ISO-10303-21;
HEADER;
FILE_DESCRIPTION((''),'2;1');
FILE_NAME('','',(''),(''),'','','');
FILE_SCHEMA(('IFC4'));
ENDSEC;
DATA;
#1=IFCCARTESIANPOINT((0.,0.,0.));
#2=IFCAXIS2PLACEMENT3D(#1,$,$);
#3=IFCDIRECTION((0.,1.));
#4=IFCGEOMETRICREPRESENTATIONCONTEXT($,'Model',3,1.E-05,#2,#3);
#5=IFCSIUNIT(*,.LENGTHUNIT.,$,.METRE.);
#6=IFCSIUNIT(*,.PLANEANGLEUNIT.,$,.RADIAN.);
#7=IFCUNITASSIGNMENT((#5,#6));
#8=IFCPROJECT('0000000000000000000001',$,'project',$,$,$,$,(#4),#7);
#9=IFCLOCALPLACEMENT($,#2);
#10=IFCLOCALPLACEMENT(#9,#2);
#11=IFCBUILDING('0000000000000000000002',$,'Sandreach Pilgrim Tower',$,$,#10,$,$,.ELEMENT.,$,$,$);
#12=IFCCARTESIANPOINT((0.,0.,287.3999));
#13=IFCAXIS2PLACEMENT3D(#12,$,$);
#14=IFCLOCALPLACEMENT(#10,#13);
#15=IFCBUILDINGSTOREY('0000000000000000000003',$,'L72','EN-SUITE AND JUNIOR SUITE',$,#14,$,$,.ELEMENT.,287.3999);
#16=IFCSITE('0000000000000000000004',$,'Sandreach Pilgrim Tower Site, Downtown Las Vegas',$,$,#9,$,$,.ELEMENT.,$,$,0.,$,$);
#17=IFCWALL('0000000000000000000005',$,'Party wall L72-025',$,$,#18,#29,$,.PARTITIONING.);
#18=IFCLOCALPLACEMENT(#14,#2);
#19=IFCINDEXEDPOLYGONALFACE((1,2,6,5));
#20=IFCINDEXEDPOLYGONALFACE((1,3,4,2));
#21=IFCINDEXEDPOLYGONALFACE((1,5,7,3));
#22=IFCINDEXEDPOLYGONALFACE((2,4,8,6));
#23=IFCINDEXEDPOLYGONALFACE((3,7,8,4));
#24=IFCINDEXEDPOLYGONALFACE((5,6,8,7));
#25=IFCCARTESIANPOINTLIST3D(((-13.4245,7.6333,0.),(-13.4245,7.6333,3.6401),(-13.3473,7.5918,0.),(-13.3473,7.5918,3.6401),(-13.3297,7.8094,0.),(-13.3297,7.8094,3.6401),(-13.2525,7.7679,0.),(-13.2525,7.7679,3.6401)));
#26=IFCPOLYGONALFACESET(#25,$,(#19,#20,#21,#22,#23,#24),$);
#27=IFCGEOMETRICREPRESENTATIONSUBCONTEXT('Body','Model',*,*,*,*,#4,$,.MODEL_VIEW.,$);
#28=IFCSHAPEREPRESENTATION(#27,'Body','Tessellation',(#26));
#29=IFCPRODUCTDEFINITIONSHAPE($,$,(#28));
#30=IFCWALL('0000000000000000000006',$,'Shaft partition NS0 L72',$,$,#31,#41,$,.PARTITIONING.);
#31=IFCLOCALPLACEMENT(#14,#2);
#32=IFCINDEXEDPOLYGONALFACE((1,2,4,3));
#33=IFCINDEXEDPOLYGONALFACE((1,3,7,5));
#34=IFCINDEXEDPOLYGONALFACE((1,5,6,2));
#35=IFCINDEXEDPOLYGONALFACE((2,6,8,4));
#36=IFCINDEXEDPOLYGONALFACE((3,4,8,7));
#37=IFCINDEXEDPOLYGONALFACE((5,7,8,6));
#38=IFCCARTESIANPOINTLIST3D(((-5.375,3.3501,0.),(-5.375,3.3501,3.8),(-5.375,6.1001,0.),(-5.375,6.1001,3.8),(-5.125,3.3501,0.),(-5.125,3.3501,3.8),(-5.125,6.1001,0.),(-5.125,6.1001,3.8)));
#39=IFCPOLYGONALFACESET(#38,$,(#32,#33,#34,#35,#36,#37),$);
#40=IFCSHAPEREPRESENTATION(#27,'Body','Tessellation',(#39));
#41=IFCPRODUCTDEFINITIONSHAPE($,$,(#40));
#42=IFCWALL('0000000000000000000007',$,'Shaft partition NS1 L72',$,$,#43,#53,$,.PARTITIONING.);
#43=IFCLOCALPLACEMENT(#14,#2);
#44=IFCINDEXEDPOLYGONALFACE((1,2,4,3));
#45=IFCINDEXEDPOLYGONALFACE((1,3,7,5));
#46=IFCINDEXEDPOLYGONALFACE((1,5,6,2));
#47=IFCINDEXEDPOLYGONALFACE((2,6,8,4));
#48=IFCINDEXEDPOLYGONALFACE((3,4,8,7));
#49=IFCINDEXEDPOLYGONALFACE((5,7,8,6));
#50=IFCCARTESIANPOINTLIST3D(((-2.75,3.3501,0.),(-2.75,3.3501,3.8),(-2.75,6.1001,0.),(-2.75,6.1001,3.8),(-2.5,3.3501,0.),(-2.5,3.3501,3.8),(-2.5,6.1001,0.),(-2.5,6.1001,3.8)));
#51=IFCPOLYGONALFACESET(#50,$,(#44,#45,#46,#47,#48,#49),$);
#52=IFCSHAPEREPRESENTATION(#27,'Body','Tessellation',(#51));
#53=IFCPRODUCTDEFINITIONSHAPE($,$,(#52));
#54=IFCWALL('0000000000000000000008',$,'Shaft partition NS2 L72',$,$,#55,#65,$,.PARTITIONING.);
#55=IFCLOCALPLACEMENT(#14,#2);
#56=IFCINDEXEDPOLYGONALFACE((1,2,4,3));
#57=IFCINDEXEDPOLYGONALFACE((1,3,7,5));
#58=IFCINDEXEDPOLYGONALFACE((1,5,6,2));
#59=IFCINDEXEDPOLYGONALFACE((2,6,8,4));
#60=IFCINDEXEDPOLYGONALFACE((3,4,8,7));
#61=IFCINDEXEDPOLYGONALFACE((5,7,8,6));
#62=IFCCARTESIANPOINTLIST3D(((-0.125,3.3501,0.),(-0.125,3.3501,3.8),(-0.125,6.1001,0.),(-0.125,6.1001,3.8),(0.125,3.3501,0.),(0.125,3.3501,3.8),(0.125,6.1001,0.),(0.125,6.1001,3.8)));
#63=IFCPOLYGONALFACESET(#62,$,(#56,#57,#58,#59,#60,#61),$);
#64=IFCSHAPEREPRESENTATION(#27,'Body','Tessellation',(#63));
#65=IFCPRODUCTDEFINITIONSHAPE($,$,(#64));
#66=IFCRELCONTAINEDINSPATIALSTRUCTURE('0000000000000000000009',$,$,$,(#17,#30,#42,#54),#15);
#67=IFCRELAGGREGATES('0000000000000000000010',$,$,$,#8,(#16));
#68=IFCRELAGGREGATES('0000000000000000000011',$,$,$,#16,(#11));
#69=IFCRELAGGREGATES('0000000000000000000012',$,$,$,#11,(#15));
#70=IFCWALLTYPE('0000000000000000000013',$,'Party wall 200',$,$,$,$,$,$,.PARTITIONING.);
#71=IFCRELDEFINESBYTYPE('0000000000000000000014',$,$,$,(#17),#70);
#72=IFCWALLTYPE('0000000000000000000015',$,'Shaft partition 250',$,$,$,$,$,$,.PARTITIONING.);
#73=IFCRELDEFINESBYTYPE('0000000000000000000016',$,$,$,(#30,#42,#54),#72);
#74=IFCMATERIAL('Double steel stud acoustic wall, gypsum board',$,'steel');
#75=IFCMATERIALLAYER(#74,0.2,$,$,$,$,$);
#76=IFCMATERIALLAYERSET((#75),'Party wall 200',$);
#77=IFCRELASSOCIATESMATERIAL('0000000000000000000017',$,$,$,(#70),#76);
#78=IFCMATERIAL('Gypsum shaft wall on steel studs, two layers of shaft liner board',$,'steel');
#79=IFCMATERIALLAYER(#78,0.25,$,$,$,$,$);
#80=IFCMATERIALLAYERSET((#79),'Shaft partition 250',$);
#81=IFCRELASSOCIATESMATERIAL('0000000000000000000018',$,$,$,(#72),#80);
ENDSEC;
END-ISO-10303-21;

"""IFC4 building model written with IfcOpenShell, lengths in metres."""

from ifc_helpers import new_model, si_unit, direction, frame, frame_2d, origin, place, context, subcontext, project, spatial, rectangle, extrude, material, layer, layer_set, type_object, element, save


model = new_model("IFC4")

# Units and contexts
model_context = context("Model", 3, precision=1e-05, world=origin(), true_north=direction((0.0, 1.0)))
body_context = subcontext(model_context, "Body", "Model", "MODEL_VIEW")
ifc_project = project(units=[si_unit("LENGTHUNIT", "METRE"), si_unit("PLANEANGLEUNIT", "RADIAN")], contexts=[model_context])

# Site, building, storey
site_placement = place(None, origin())
site = spatial("IfcSite", under=ifc_project, at=site_placement, Name="Sandreach Pilgrim Tower Site, Downtown Las Vegas", CompositionType="ELEMENT", RefElevation=0.0)
building_placement = place(site_placement, origin())
building = spatial("IfcBuilding", under=site, at=building_placement, Name="Sandreach Pilgrim Tower", CompositionType="ELEMENT")
storey_placement = place(building_placement, frame((0.0, 0.0, 287.3999)))
storey = spatial("IfcBuildingStorey", under=building, at=storey_placement, Name="L72", Description="EN-SUITE AND JUNIOR SUITE", CompositionType="ELEMENT", Elevation=287.3999)

# Walls
ifc_material_1 = material(Name="Double steel stud acoustic wall, gypsum board", Category="steel")
ifc_layer_1 = layer(ifc_material_1, 0.2)
ifc_layer_set_1 = layer_set([ifc_layer_1], Name="Party wall 200")
wall_type_1 = type_object("IfcWallType", Name="Party wall 200", PredefinedType="PARTITIONING", material=ifc_layer_set_1)
wall_1_placement = place(storey_placement, frame((-13.3772, 7.7214, 0.0), z_axis=(0.0, 0.0, 1.0), x_axis=(0.88065, -0.473767, 0.0)))
element("IfcWall", 1, at=wall_1_placement, inside=storey, type_object=wall_type_1, Name="Party wall L72-025", PredefinedType="PARTITIONING", context=body_context, shape_type="SweptSolid", body=[
    extrude(rectangle(XDim=0.0876, YDim=0.2, at=frame_2d((0.0439, 0.0))), origin(), (0.0, 0.0, 1.0), 3.6401),
])
ifc_material_2 = material(Name="Gypsum shaft wall on steel studs, two layers of shaft liner board", Category="steel")
ifc_layer_2 = layer(ifc_material_2, 0.25)
ifc_layer_set_2 = layer_set([ifc_layer_2], Name="Shaft partition 250")
wall_type_2 = type_object("IfcWallType", Name="Shaft partition 250", PredefinedType="PARTITIONING", material=ifc_layer_set_2)
for number, where, z_axis, x_axis, name in (
    (2, (-5.25, 3.3501, 0.0), (0.0, 0.0, 1.0), (0.0, 1.0, 0.0), "Shaft partition NS0 L72"),
    (3, (-2.625, 3.3501, 0.0), (0.0, 0.0, 1.0), (0.0, 1.0, 0.0), "Shaft partition NS1 L72"),
    (4, (0.0, 3.3501, 0.0), (0.0, 0.0, 1.0), (0.0, 1.0, 0.0), "Shaft partition NS2 L72"),
):
    element("IfcWall", number, at=place(storey_placement, frame(where, z_axis=z_axis, x_axis=x_axis)), inside=storey, type_object=wall_type_2, Name=name, PredefinedType="PARTITIONING", context=body_context, shape_type="SweptSolid", body=[
        extrude(rectangle(XDim=2.75, YDim=0.25, at=frame_2d((1.375, 0.0))), origin(), (0.0, 0.0, 1.0), 3.8),
    ])

save(model, "model.ifc")
